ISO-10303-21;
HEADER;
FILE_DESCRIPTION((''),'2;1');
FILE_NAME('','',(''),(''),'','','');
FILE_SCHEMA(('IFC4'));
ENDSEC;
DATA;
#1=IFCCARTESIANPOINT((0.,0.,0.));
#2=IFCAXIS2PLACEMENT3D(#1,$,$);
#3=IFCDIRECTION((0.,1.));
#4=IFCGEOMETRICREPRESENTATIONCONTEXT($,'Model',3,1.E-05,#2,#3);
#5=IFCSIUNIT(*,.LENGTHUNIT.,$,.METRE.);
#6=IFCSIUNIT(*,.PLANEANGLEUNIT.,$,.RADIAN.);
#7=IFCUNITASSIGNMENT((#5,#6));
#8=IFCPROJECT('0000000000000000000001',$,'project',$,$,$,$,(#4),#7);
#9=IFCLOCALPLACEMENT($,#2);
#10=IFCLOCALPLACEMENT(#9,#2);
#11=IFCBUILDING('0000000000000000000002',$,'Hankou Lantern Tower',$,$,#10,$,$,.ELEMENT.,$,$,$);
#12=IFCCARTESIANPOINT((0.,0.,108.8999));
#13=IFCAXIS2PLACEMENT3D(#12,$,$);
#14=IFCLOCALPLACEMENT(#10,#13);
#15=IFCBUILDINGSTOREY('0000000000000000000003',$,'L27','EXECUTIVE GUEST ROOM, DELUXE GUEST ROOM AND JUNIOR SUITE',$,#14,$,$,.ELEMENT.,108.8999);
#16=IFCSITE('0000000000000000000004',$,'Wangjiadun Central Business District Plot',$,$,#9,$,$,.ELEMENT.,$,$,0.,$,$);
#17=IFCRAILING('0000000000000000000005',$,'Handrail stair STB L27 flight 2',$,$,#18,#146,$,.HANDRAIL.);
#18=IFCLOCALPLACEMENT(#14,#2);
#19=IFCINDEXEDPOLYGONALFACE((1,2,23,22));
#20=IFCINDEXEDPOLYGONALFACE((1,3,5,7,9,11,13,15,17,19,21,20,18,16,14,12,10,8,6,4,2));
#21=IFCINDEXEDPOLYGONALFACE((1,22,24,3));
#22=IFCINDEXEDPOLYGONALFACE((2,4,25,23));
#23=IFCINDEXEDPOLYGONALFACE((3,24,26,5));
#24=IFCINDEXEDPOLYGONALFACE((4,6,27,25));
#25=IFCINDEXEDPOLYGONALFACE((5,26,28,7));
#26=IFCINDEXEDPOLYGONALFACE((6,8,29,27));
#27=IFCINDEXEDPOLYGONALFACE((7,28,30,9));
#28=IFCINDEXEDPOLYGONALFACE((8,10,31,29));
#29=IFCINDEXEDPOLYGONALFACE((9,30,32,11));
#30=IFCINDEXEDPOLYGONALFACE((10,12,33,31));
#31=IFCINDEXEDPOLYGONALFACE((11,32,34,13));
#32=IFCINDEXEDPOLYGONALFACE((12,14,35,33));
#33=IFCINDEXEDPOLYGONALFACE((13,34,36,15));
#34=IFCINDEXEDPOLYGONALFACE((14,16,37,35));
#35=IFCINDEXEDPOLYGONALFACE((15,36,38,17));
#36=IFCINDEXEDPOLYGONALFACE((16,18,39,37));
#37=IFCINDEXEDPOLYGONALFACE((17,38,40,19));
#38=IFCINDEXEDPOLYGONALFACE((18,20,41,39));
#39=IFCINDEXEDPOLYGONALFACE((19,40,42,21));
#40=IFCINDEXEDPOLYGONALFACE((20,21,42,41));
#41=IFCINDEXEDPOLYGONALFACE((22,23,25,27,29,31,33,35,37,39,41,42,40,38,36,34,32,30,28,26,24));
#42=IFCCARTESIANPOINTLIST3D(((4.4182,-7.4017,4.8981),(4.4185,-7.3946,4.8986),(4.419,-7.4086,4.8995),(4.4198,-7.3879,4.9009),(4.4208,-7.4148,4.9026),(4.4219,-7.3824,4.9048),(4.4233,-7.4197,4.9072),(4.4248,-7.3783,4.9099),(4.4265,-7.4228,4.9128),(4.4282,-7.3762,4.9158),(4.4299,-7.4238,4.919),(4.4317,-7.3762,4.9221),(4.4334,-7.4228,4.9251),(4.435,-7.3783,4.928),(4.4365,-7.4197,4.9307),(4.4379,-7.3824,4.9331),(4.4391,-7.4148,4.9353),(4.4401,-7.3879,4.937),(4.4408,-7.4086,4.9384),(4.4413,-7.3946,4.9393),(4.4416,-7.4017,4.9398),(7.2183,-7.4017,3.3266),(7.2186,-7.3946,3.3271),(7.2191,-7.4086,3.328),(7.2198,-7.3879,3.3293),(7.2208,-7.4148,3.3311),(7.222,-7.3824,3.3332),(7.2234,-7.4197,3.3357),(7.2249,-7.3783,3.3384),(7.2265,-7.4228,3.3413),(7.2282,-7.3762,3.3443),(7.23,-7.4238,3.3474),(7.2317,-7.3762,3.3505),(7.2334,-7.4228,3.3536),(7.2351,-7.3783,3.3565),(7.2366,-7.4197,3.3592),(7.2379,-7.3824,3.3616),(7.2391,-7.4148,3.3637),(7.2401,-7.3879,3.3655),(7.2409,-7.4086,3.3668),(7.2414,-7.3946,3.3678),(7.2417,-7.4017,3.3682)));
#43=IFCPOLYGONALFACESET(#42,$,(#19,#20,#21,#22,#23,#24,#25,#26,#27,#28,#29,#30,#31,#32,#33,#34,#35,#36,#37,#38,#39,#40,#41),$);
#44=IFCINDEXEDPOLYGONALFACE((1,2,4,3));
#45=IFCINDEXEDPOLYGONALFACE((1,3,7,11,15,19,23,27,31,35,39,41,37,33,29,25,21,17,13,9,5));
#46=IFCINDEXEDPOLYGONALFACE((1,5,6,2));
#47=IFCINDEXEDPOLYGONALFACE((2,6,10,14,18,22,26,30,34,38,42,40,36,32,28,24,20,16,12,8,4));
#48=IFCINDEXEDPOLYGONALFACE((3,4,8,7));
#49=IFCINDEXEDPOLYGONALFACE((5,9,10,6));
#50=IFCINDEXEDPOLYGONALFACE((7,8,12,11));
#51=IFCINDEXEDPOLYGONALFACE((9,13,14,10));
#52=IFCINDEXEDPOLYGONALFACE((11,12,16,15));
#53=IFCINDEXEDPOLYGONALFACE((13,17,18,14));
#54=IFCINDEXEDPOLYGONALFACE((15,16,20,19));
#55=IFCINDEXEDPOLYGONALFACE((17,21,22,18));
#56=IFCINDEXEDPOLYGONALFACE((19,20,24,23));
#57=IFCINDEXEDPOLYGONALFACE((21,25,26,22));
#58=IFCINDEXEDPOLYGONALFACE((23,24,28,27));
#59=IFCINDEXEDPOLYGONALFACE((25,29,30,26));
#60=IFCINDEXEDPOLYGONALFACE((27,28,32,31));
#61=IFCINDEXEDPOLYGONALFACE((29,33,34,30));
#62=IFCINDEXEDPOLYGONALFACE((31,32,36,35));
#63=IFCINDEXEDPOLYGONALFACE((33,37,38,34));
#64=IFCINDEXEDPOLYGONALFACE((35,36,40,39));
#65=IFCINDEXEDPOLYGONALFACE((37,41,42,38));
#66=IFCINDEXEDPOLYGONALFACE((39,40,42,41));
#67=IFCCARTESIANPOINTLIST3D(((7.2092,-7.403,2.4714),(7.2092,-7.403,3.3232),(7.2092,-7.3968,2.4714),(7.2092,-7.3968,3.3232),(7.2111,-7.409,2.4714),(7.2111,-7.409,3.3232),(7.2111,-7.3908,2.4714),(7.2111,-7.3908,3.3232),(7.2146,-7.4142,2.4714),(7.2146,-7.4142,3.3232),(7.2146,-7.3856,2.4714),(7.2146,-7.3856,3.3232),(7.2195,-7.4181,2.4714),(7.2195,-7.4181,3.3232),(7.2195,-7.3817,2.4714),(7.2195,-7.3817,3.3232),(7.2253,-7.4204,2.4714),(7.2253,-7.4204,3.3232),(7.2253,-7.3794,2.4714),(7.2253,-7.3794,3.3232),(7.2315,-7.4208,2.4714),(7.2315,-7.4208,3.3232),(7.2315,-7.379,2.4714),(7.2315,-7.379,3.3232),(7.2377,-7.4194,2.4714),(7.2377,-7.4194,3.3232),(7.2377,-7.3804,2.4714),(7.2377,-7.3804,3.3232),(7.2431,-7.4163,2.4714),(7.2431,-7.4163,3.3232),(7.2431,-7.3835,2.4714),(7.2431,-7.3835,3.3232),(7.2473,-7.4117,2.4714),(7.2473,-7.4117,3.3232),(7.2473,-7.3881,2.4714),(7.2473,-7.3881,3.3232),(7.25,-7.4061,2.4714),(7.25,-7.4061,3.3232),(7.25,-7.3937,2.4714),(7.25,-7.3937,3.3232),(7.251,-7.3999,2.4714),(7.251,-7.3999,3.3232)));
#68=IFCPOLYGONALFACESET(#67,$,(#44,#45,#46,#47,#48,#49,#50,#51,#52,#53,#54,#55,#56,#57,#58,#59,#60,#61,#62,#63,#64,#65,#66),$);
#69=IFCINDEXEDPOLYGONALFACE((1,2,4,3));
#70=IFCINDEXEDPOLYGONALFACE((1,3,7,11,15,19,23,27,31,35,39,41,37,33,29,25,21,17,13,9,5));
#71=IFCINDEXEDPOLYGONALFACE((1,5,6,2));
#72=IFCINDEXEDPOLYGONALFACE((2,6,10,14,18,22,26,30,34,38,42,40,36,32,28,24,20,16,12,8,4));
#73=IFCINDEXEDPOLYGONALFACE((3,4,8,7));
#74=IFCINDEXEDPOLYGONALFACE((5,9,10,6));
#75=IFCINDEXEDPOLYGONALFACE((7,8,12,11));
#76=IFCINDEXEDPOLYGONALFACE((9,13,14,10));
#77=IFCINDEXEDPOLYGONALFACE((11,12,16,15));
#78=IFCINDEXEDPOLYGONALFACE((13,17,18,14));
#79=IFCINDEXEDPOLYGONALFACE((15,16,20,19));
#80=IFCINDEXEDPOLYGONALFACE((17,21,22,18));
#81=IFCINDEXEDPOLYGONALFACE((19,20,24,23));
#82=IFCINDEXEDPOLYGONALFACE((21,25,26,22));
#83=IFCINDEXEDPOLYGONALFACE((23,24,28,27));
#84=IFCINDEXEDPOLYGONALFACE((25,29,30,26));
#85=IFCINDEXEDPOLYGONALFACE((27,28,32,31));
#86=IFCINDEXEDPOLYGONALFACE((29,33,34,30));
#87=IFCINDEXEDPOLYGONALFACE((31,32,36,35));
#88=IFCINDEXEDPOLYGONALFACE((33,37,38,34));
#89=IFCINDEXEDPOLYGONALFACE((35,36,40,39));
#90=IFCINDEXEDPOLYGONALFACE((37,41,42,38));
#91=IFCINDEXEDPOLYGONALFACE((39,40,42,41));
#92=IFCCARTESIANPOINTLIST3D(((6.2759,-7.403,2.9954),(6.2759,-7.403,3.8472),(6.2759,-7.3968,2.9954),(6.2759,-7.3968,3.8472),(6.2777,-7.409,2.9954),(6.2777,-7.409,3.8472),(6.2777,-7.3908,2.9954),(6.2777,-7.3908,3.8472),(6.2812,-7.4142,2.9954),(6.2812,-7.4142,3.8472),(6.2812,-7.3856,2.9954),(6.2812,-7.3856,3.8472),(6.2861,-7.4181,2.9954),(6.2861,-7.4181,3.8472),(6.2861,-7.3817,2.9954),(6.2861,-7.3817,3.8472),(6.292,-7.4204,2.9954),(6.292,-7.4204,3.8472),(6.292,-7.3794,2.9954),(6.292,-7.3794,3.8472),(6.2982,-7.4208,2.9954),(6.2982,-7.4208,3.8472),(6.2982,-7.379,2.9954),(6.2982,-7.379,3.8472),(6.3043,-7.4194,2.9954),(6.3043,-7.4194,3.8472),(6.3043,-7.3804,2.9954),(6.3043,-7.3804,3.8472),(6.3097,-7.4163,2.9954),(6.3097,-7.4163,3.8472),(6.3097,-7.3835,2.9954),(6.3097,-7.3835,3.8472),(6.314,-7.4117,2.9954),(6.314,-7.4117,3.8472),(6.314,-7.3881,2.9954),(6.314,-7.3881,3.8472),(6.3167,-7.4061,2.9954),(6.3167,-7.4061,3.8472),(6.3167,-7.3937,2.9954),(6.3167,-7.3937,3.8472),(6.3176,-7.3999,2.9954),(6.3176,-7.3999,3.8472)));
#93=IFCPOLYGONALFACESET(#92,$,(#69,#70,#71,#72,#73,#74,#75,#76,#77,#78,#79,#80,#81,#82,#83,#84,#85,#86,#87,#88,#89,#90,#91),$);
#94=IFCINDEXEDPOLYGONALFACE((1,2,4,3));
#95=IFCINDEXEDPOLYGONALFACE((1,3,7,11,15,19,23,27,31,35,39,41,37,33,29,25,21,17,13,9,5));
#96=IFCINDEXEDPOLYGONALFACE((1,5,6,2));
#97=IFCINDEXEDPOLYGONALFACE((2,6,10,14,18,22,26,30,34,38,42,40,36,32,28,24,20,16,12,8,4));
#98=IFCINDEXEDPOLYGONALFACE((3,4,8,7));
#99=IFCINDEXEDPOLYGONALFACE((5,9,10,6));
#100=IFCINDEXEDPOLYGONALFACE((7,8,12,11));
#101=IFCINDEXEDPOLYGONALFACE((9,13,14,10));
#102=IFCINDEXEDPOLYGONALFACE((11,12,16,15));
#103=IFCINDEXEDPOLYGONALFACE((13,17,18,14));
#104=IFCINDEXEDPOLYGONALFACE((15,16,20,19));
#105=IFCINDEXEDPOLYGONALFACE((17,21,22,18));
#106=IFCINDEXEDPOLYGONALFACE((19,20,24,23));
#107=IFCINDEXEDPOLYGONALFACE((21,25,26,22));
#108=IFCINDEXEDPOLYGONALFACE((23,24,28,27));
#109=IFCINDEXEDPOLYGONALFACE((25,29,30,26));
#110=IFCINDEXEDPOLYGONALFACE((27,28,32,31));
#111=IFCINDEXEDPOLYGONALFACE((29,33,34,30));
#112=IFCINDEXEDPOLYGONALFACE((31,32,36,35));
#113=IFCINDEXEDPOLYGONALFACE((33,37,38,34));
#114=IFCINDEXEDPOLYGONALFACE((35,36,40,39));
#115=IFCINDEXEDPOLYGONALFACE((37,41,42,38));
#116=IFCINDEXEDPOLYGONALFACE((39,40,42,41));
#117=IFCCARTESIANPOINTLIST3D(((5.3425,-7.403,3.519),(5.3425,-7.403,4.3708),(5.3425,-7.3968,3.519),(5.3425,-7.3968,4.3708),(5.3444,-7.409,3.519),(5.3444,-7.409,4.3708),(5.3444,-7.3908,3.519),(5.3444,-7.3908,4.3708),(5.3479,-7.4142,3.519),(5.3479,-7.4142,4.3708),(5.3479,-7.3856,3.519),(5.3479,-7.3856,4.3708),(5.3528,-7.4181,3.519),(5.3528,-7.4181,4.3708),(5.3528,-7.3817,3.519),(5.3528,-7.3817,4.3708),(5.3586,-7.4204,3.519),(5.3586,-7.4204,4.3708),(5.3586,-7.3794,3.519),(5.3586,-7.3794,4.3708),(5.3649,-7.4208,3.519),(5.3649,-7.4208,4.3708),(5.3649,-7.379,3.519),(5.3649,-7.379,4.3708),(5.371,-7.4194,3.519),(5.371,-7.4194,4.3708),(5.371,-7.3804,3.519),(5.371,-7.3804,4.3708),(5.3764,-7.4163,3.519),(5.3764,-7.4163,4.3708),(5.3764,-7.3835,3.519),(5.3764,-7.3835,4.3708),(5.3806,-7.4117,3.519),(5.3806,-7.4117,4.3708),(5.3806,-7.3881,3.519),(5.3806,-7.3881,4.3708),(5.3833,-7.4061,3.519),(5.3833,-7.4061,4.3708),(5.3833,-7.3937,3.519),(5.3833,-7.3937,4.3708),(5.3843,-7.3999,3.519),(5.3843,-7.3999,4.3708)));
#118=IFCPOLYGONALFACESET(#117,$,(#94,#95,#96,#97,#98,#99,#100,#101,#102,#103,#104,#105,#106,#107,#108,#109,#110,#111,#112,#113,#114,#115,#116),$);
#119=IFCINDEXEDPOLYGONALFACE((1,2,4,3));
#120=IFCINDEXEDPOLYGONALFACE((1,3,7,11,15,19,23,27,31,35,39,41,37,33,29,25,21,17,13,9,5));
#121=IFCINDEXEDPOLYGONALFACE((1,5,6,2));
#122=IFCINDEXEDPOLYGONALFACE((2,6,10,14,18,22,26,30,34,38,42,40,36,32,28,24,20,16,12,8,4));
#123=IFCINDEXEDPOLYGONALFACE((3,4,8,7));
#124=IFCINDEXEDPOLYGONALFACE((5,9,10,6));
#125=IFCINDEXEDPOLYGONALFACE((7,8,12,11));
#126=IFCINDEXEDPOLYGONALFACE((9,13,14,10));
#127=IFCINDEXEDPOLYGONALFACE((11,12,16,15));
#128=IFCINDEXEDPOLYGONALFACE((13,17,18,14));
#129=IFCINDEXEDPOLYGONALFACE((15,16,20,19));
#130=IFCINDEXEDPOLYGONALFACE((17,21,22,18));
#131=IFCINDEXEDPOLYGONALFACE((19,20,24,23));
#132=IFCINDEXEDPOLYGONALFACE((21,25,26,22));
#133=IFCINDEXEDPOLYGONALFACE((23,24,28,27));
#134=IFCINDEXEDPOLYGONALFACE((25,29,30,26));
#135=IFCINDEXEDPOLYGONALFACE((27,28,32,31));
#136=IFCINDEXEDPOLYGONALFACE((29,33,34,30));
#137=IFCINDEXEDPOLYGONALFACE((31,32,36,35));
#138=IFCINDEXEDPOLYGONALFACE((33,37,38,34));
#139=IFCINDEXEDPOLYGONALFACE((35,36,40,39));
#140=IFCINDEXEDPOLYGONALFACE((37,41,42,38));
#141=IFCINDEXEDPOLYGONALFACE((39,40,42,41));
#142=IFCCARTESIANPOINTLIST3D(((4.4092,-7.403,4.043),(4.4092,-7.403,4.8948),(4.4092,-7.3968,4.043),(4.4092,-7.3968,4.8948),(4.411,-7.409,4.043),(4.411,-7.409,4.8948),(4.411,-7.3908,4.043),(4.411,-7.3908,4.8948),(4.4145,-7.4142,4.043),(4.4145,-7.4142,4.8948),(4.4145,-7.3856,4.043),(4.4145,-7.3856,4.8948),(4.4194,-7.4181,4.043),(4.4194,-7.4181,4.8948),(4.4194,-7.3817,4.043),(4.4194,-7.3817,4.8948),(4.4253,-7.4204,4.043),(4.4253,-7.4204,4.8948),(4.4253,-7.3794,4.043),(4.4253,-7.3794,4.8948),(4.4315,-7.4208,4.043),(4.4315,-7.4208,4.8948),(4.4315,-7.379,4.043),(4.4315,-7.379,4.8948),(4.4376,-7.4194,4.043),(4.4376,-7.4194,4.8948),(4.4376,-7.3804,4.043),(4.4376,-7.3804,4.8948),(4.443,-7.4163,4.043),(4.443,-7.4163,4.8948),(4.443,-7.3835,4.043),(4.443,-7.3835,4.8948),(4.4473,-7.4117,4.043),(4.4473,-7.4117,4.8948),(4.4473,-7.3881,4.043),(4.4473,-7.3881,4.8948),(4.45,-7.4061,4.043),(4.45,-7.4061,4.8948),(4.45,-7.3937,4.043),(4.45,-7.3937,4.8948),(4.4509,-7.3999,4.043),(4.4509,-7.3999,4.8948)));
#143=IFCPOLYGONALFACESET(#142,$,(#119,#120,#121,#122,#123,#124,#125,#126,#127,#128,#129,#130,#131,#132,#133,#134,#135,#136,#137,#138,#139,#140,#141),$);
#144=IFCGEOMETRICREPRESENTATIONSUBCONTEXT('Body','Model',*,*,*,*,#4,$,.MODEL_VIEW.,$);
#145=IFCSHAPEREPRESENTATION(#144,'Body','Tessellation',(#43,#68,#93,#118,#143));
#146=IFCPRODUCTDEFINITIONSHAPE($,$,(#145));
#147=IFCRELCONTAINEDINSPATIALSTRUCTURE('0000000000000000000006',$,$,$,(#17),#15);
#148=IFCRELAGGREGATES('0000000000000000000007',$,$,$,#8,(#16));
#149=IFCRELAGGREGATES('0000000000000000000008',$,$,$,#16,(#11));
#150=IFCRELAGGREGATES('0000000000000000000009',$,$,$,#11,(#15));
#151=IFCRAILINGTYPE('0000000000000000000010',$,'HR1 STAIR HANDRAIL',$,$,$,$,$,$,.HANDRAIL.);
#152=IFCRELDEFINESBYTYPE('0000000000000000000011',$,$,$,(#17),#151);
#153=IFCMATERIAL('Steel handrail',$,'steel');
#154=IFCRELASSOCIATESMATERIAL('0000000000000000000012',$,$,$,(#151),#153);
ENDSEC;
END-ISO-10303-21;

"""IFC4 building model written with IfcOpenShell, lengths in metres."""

from ifc_helpers import new_model, si_unit, direction, frame, origin, origin_2d, place, context, subcontext, project, spatial, circle, extrude, material, type_object, element, save


model = new_model("IFC4")

# Units and contexts
model_context = context("Model", 3, precision=1e-05, world=origin(), true_north=direction((0.0, 1.0)))
body_context = subcontext(model_context, "Body", "Model", "MODEL_VIEW")
ifc_project = project(units=[si_unit("LENGTHUNIT", "METRE"), si_unit("PLANEANGLEUNIT", "RADIAN")], contexts=[model_context])

# Site, building, storey
site_placement = place(None, origin())
site = spatial("IfcSite", under=ifc_project, at=site_placement, Name="Wangjiadun Central Business District Plot", CompositionType="ELEMENT", RefElevation=0.0)
building_placement = place(site_placement, origin())
building = spatial("IfcBuilding", under=site, at=building_placement, Name="Hankou Lantern Tower", CompositionType="ELEMENT")
storey_placement = place(building_placement, frame((0.0, 0.0, 108.8999)))
storey = spatial("IfcBuildingStorey", under=building, at=storey_placement, Name="L27", Description="EXECUTIVE GUEST ROOM, DELUXE GUEST ROOM AND JUNIOR SUITE", CompositionType="ELEMENT", Elevation=108.8999)

# Railing
ifc_material_1 = material(Name="Steel handrail", Category="steel")
railing_type = type_object("IfcRailingType", Name="HR1 STAIR HANDRAIL", PredefinedType="HANDRAIL", material=ifc_material_1)
railing_1_placement = place(storey_placement, frame((7.23, -7.3999, 2.4714)))
element("IfcRailing", 1, at=railing_1_placement, inside=storey, type_object=railing_type, Name="Handrail stair STB L27 flight 2", PredefinedType="HANDRAIL", context=body_context, shape_type="SweptSolid", body=[
    extrude(circle(Radius=0.0239, at=origin_2d()), frame((0.0, 0.0, 0.876), z_axis=(-0.87204, 0.0, 0.489434), x_axis=(0.0, -1.0, 0.0)), (0.0, 0.0, 1.0), 3.2109),
    extrude(circle(Radius=0.021, at=origin_2d()), origin(), (0.0, 0.0, 1.0), 0.8518),
    extrude(circle(Radius=0.021, at=origin_2d()), frame((-0.9333, 0.0, 0.5239)), (0.0, 0.0, 1.0), 0.8518),
    extrude(circle(Radius=0.021, at=origin_2d()), frame((-1.8667, 0.0, 1.0476)), (0.0, 0.0, 1.0), 0.8518),
    extrude(circle(Radius=0.021, at=origin_2d()), frame((-2.8, 0.0, 1.5715)), (0.0, 0.0, 1.0), 0.8518),
])

save(model, "model.ifc")
